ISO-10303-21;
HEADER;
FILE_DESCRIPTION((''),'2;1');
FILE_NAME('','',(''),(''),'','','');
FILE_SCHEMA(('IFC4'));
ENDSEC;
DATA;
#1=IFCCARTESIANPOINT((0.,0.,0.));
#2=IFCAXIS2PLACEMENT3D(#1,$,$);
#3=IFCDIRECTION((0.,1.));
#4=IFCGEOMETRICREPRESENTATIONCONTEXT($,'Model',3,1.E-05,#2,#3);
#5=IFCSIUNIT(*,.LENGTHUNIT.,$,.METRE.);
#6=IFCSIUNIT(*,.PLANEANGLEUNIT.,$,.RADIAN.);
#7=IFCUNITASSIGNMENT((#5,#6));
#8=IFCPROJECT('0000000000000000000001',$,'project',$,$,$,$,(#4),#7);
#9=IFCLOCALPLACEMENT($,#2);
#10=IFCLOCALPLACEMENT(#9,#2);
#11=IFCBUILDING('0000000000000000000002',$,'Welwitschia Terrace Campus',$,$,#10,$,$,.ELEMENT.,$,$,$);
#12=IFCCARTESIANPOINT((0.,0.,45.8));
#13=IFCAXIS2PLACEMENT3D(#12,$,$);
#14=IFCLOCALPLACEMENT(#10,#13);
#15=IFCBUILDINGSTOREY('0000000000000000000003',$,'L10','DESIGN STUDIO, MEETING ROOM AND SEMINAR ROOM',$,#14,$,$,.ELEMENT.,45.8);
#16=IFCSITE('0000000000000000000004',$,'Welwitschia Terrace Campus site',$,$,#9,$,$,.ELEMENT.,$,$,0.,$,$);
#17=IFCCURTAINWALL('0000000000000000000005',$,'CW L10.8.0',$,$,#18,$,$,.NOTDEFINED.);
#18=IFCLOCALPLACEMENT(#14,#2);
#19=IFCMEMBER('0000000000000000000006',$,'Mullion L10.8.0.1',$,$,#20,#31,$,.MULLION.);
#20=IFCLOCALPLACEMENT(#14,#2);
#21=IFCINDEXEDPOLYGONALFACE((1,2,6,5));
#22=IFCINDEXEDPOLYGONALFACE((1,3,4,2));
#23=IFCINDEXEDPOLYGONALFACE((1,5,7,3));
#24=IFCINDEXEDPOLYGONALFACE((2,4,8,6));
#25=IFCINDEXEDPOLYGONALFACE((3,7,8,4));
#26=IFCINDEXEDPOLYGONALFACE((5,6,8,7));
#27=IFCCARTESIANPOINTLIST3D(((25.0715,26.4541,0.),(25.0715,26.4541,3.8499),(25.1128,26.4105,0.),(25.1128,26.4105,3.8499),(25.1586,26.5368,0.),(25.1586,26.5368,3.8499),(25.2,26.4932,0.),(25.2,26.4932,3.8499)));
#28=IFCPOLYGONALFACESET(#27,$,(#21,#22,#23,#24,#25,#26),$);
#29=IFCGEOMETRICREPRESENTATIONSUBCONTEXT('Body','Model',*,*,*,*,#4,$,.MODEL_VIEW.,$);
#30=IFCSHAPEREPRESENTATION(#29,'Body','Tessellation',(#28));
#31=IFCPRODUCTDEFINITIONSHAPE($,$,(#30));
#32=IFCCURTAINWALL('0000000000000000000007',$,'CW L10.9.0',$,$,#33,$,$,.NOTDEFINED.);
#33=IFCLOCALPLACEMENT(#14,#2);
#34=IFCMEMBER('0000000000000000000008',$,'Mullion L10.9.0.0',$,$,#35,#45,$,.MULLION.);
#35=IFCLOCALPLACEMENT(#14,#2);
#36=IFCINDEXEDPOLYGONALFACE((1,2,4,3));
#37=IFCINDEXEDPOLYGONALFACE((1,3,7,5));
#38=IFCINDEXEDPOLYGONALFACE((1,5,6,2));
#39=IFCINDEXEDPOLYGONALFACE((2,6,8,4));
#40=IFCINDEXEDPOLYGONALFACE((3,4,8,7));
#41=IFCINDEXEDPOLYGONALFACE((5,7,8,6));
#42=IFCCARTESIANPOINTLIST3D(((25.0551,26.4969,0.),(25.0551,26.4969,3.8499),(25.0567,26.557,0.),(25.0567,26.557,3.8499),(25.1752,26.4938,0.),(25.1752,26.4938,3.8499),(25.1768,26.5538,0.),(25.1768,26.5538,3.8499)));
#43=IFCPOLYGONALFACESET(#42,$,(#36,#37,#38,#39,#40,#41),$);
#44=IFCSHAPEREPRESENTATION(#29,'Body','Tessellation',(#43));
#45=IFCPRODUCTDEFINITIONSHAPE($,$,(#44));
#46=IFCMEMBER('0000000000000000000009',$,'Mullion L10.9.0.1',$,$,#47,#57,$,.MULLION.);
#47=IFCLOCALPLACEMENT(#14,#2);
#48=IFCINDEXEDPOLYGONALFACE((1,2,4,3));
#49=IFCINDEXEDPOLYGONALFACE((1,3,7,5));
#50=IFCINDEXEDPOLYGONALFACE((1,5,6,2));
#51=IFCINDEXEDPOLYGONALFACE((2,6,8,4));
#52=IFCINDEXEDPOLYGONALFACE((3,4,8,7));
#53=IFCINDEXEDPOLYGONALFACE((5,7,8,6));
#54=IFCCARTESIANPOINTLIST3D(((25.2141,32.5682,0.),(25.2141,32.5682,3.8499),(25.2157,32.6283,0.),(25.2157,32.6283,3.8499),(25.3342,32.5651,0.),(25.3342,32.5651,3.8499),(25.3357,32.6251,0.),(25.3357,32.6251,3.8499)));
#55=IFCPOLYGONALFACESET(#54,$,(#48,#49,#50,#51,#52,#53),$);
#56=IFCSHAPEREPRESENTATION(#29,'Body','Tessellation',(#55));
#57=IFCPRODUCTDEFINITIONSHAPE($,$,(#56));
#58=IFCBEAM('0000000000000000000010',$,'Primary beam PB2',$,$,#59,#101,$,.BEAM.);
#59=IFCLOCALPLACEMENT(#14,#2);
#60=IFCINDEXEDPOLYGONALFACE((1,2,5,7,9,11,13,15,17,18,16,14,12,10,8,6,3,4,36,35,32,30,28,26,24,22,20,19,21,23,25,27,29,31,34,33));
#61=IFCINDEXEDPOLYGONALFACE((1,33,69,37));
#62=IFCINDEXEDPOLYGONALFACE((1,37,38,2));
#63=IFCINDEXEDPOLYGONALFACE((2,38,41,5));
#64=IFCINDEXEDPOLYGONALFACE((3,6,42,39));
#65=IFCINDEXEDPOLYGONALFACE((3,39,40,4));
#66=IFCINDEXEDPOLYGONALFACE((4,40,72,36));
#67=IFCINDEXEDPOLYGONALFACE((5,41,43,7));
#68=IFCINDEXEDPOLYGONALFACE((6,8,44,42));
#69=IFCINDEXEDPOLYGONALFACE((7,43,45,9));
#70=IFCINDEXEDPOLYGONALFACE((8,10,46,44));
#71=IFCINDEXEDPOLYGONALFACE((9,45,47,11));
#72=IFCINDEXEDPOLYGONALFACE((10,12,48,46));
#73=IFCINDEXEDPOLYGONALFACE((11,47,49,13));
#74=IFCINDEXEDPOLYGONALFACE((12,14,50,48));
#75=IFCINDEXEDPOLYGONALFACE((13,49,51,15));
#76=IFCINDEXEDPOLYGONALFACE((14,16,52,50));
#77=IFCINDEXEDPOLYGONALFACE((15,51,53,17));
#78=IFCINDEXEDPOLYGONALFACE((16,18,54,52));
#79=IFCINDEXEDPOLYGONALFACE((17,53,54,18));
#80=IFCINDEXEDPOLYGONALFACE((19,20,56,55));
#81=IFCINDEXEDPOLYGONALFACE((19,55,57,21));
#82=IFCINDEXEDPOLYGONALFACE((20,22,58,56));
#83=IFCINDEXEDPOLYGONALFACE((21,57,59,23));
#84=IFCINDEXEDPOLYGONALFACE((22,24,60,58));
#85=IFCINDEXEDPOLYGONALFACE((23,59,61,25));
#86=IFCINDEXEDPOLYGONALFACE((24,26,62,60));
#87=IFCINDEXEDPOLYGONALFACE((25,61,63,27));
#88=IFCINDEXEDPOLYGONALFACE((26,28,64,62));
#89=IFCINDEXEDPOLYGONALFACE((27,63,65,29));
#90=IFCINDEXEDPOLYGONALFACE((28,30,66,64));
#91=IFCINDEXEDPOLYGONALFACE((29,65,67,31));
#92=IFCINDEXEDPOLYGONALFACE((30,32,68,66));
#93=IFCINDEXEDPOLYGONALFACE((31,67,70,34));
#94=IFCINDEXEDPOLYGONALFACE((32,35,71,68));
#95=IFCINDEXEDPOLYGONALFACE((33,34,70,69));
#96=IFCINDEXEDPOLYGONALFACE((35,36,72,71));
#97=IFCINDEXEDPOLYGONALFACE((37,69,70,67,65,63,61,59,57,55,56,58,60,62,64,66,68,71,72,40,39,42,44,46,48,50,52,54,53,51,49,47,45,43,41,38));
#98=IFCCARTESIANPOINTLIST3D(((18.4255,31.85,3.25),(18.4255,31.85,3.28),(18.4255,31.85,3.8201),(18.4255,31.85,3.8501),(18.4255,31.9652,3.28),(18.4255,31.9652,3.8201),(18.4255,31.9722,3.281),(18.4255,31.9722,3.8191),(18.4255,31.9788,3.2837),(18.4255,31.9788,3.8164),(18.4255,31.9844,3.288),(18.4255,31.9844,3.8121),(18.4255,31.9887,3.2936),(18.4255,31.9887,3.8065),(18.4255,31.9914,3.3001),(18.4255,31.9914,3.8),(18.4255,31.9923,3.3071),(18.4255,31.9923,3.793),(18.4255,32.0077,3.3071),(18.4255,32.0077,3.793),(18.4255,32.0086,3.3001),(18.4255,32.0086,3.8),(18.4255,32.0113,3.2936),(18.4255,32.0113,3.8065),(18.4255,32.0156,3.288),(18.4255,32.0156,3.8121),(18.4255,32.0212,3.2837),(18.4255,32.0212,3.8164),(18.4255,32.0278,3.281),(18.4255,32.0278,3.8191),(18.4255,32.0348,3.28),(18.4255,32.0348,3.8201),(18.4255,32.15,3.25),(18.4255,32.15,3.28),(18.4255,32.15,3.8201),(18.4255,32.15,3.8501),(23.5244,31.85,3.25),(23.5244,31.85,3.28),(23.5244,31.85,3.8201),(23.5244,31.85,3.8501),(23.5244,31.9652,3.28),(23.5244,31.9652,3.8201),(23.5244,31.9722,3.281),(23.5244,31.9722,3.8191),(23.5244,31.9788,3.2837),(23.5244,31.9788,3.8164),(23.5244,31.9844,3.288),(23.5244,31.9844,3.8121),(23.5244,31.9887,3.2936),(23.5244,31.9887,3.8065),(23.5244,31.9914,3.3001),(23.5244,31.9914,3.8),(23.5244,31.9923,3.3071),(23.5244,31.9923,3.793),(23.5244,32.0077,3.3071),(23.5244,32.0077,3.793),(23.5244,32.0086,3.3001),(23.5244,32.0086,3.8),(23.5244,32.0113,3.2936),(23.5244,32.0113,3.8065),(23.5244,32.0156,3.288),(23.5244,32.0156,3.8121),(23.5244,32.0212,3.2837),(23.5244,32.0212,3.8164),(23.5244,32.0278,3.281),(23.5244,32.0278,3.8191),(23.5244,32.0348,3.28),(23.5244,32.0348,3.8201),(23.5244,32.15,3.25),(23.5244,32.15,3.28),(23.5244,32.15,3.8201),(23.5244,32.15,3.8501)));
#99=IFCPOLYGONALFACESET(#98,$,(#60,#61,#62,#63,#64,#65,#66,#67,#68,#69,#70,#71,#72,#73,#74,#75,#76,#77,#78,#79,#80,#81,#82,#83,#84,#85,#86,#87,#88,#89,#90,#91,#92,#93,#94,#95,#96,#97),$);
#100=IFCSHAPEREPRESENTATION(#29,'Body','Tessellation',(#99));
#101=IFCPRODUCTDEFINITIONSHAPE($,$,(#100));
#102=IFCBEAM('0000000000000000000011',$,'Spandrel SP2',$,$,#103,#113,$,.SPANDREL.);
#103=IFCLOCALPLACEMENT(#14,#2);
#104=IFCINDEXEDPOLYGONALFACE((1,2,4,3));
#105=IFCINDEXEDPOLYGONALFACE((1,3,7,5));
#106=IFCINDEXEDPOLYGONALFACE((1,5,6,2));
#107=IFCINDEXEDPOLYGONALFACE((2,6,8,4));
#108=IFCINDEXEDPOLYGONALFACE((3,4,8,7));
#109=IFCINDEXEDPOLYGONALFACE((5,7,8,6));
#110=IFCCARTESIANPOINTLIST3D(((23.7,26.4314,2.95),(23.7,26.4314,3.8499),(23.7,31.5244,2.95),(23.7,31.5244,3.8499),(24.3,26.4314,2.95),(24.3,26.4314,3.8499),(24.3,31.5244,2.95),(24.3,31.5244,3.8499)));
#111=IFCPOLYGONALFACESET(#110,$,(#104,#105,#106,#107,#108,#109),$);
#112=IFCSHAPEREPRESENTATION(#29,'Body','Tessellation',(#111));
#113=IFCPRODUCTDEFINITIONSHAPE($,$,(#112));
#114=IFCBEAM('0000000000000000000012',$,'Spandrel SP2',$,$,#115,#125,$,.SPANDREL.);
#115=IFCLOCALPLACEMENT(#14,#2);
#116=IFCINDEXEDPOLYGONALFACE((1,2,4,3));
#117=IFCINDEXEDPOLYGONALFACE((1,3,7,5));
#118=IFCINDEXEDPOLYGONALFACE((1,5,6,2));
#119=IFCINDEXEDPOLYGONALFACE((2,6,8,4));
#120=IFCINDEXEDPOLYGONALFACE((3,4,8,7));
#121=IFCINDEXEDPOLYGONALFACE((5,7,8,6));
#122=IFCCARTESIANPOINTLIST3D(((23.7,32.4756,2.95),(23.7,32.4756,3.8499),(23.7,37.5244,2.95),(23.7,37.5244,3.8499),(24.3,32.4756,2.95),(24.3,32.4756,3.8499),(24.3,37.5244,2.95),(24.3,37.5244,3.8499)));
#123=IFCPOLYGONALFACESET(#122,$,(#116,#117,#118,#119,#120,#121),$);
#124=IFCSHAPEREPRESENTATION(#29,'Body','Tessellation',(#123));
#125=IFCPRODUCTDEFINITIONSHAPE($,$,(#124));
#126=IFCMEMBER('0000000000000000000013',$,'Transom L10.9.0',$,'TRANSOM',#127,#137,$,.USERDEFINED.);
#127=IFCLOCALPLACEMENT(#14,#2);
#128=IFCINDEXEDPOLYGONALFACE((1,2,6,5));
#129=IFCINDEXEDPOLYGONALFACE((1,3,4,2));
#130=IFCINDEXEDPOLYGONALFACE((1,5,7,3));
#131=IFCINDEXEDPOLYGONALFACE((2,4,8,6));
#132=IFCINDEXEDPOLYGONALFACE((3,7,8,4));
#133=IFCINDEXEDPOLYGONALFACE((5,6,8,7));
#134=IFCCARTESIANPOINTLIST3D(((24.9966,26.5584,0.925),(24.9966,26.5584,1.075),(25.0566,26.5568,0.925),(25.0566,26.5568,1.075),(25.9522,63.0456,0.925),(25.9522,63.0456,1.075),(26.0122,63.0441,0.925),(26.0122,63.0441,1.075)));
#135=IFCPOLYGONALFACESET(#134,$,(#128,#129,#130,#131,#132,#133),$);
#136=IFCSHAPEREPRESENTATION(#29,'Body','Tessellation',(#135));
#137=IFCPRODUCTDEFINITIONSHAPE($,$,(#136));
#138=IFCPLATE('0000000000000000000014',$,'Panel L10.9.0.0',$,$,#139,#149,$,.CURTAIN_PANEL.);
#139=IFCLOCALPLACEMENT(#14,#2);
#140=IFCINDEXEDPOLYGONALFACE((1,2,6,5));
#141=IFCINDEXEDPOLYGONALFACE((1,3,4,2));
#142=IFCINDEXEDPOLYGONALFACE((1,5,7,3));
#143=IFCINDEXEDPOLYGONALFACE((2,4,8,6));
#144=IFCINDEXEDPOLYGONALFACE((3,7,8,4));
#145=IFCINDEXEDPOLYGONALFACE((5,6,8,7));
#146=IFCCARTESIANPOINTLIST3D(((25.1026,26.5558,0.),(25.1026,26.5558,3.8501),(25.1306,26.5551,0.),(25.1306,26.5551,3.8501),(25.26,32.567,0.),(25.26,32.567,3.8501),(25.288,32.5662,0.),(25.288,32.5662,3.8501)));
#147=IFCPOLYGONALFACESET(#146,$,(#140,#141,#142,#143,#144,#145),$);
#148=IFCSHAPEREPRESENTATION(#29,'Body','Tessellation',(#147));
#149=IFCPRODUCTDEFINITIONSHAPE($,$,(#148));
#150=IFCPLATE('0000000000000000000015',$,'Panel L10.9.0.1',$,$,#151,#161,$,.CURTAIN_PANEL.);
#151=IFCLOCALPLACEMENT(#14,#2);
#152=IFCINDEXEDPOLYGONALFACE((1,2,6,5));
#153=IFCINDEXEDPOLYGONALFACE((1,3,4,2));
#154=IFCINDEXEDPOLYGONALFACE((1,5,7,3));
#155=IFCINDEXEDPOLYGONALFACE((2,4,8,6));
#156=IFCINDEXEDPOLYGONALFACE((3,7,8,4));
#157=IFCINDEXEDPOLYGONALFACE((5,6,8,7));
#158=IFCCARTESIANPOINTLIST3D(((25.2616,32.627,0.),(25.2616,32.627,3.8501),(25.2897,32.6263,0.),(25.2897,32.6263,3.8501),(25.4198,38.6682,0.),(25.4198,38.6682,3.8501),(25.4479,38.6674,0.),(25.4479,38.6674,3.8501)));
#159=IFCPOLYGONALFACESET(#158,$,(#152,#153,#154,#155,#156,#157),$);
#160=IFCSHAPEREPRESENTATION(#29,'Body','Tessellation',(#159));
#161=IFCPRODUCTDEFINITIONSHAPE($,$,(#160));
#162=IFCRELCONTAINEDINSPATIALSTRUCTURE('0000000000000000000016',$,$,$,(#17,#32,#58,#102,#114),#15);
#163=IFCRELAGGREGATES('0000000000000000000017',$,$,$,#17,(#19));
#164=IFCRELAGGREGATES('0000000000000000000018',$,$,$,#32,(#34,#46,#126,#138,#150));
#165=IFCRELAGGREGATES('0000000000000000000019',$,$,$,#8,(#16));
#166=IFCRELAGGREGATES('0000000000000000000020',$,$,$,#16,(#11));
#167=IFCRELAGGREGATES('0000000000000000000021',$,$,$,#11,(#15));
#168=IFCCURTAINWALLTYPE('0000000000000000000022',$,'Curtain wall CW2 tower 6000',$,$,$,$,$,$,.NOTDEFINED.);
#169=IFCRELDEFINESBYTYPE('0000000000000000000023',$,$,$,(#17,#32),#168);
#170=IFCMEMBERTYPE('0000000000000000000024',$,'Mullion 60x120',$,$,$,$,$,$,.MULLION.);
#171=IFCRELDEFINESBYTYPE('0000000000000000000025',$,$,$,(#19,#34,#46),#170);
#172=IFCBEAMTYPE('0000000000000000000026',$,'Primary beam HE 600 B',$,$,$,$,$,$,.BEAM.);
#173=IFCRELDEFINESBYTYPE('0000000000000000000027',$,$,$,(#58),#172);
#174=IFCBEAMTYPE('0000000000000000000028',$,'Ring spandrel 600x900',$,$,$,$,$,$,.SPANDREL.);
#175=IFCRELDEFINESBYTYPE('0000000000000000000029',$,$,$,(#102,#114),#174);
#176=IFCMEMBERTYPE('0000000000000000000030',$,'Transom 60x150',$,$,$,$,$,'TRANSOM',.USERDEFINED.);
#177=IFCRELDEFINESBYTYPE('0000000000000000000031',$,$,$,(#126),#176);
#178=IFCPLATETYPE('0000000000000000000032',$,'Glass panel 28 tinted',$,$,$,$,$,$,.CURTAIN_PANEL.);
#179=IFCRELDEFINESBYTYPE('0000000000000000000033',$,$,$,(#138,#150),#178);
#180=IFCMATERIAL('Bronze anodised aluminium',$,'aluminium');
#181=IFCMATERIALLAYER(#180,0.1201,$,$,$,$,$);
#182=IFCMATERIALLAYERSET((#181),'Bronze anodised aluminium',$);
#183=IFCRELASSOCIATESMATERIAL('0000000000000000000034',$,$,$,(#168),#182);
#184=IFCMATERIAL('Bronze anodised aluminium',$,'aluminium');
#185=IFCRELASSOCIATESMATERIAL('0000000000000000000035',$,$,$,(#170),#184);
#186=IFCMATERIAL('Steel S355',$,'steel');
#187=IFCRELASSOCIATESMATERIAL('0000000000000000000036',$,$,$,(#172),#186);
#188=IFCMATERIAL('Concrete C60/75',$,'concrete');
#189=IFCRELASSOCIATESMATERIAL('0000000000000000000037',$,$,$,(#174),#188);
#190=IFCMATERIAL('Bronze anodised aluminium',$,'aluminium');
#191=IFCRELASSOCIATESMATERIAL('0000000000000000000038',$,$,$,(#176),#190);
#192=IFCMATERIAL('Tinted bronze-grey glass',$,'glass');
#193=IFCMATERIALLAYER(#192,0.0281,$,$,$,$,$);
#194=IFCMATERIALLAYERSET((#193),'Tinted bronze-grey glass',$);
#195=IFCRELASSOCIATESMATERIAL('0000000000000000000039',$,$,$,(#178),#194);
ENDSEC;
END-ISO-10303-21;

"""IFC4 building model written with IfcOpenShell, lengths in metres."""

from ifc_helpers import new_model, si_unit, direction, frame, origin, origin_2d, place, context, subcontext, project, spatial, rectangle, i_section, extrude, material, layer, layer_set, material_profile, profile_set, type_object, element, aggregate, save


model = new_model("IFC4")

# Units and contexts
model_context = context("Model", 3, precision=1e-05, world=origin(), true_north=direction((0.0, 1.0)))
body_context = subcontext(model_context, "Body", "Model", "MODEL_VIEW")
ifc_project = project(units=[si_unit("LENGTHUNIT", "METRE"), si_unit("PLANEANGLEUNIT", "RADIAN")], contexts=[model_context])

# Site, building, storey
site_placement = place(None, origin())
site = spatial("IfcSite", under=ifc_project, at=site_placement, Name="Welwitschia Terrace Campus site", CompositionType="ELEMENT", RefElevation=0.0)
building_placement = place(site_placement, origin())
building = spatial("IfcBuilding", under=site, at=building_placement, Name="Welwitschia Terrace Campus", CompositionType="ELEMENT")
storey_placement = place(building_placement, frame((0.0, 0.0, 45.8)))
storey = spatial("IfcBuildingStorey", under=building, at=storey_placement, Name="L10", Description="DESIGN STUDIO, MEETING ROOM AND SEMINAR ROOM", CompositionType="ELEMENT", Elevation=45.8)

# Curtain wall, member
ifc_material_1 = material(Name="Bronze anodised aluminium", Category="aluminium")
ifc_layer_1 = layer(ifc_material_1, 0.1201)
ifc_layer_set_1 = layer_set([ifc_layer_1], Name="Bronze anodised aluminium")
curtain_wall_type = type_object("IfcCurtainWallType", Name="Curtain wall CW2 tower 6000", PredefinedType="NOTDEFINED", material=ifc_layer_set_1)
curtain_wall_1_placement = place(storey_placement, origin())
curtain_wall_1 = element("IfcCurtainWall", 1, at=curtain_wall_1_placement, inside=storey, type_object=curtain_wall_type, Name="CW L10.8.0", PredefinedType="NOTDEFINED")
ifc_material_2 = material(Name="Bronze anodised aluminium", Category="aluminium")
ifc_material_profile_1 = material_profile(ifc_material_2, rectangle(XDim=0.1201, YDim=0.0601, at=origin_2d()))
ifc_profile_set_1 = profile_set([ifc_material_profile_1], Name="Bronze anodised aluminium")
member_type_1 = type_object("IfcMemberType", Name="Mullion 60x120", PredefinedType="MULLION", material=ifc_profile_set_1)
member_1_placement = place(storey_placement, frame((25.1357, 26.4736, 0.0), z_axis=(0.0, 0.0, 1.0), x_axis=(-0.725374, -0.688355, 0.0)))
member_1 = element("IfcMember", 2, at=member_1_placement, type_object=member_type_1, Name="Mullion L10.8.0.1", PredefinedType="MULLION", context=body_context, shape_type="SweptSolid", body=[
    extrude(rectangle(XDim=0.1201, YDim=0.0601, at=origin_2d()), origin(), (0.0, 0.0, 1.0), 3.8499),
])
aggregate(curtain_wall_1, [member_1])

# Curtain wall, members
curtain_wall_2_placement = place(storey_placement, origin())
curtain_wall_2 = element("IfcCurtainWall", 3, at=curtain_wall_2_placement, inside=storey, type_object=curtain_wall_type, Name="CW L10.9.0", PredefinedType="NOTDEFINED")
member_2_placement = place(storey_placement, frame((25.116, 26.5254, 0.0), z_axis=(0.0, 0.0, 1.0), x_axis=(-0.999657, 0.026177, 0.0)))
member_2 = element("IfcMember", 4, at=member_2_placement, type_object=member_type_1, Name="Mullion L10.9.0.0", PredefinedType="MULLION", context=body_context, shape_type="SweptSolid", body=[
    extrude(rectangle(XDim=0.1201, YDim=0.0601, at=origin_2d()), origin(), (0.0, 0.0, 1.0), 3.8499),
])
member_3_placement = place(storey_placement, frame((25.2749, 32.5967, 0.0), z_axis=(0.0, 0.0, 1.0), x_axis=(-0.999657, 0.026177, 0.0)))
member_3 = element("IfcMember", 5, at=member_3_placement, type_object=member_type_1, Name="Mullion L10.9.0.1", PredefinedType="MULLION", context=body_context, shape_type="SweptSolid", body=[
    extrude(rectangle(XDim=0.1201, YDim=0.0601, at=origin_2d()), origin(), (0.0, 0.0, 1.0), 3.8499),
])

# Beams
ifc_material_3 = material(Name="Steel S355", Category="steel")
ifc_material_profile_2 = material_profile(ifc_material_3, i_section(OverallWidth=0.3, OverallDepth=0.6001, WebThickness=0.0154, FlangeThickness=0.03, FilletRadius=0.0271, at=origin_2d()))
ifc_profile_set_2 = profile_set([ifc_material_profile_2], Name="Steel S355")
beam_type_1 = type_object("IfcBeamType", Name="Primary beam HE 600 B", PredefinedType="BEAM", material=ifc_profile_set_2)
beam_1_placement = place(storey_placement, frame((23.5244, 32.0, 3.55), z_axis=(-1.0, 0.0, 0.0), x_axis=(0.0, -1.0, 0.0)))
element("IfcBeam", 6, at=beam_1_placement, inside=storey, type_object=beam_type_1, Name="Primary beam PB2", PredefinedType="BEAM", context=body_context, shape_type="SweptSolid", body=[
    extrude(i_section(OverallWidth=0.3, OverallDepth=0.6001, WebThickness=0.0154, FlangeThickness=0.03, FilletRadius=0.0271, at=origin_2d()), origin(), (0.0, 0.0, 1.0), 5.0989),
])
ifc_material_4 = material(Name="Concrete C60/75", Category="concrete")
ifc_material_profile_3 = material_profile(ifc_material_4, rectangle(XDim=0.6001, YDim=0.8999, at=origin_2d()))
ifc_profile_set_3 = profile_set([ifc_material_profile_3], Name="Concrete C60/75")
beam_type_2 = type_object("IfcBeamType", Name="Ring spandrel 600x900", PredefinedType="SPANDREL", material=ifc_profile_set_3)
beam_2_placement = place(storey_placement, frame((24.0, 26.4314, 3.3999), z_axis=(0.0, 1.0, 0.0), x_axis=(-1.0, 0.0, 0.0)))
element("IfcBeam", 7, at=beam_2_placement, inside=storey, type_object=beam_type_2, Name="Spandrel SP2", PredefinedType="SPANDREL", context=body_context, shape_type="SweptSolid", body=[
    extrude(rectangle(XDim=0.6001, YDim=0.8999, at=origin_2d()), origin(), (0.0, 0.0, 1.0), 5.093),
])
beam_3_placement = place(storey_placement, frame((24.0, 32.4756, 3.3999), z_axis=(0.0, 1.0, 0.0), x_axis=(-1.0, 0.0, 0.0)))
element("IfcBeam", 8, at=beam_3_placement, inside=storey, type_object=beam_type_2, Name="Spandrel SP2", PredefinedType="SPANDREL", context=body_context, shape_type="SweptSolid", body=[
    extrude(rectangle(XDim=0.6001, YDim=0.8999, at=origin_2d()), origin(), (0.0, 0.0, 1.0), 5.0488),
])

# Member
ifc_material_5 = material(Name="Bronze anodised aluminium", Category="aluminium")
ifc_material_profile_4 = material_profile(ifc_material_5, rectangle(XDim=0.0601, YDim=0.1499, at=origin_2d()))
ifc_profile_set_4 = profile_set([ifc_material_profile_4], Name="Bronze anodised aluminium")
member_type_2 = type_object("IfcMemberType", Name="Transom 60x150", ElementType="TRANSOM", PredefinedType="USERDEFINED", material=ifc_profile_set_4)
member_4_placement = place(storey_placement, frame((25.0266, 26.5576, 1.0), z_axis=(0.02618, 0.999657, 0.0), x_axis=(-0.999657, 0.02618, 0.0)))
member_4 = element("IfcMember", 9, at=member_4_placement, type_object=member_type_2, Name="Transom L10.9.0", ObjectType="TRANSOM", PredefinedType="USERDEFINED", context=body_context, shape_type="SweptSolid", body=[
    extrude(rectangle(XDim=0.0601, YDim=0.1499, at=origin_2d()), origin(), (0.0, 0.0, 1.0), 36.4998),
])

# Plates
ifc_material_6 = material(Name="Tinted bronze-grey glass", Category="glass")
ifc_layer_2 = layer(ifc_material_6, 0.0281)
ifc_layer_set_2 = layer_set([ifc_layer_2], Name="Tinted bronze-grey glass")
plate_type = type_object("IfcPlateType", Name="Glass panel 28 tinted", PredefinedType="CURTAIN_PANEL", material=ifc_layer_set_2)
plate_1_placement = place(storey_placement, frame((25.1953, 29.561, 0.0), z_axis=(0.0, 0.0, 1.0), x_axis=(0.026177, 0.999657, 0.0)))
plate_1 = element("IfcPlate", 10, at=plate_1_placement, type_object=plate_type, Name="Panel L10.9.0.0", PredefinedType="CURTAIN_PANEL", context=body_context, shape_type="SweptSolid", body=[
    extrude(rectangle(XDim=6.0132, YDim=0.0281, at=origin_2d()), origin(), (0.0, 0.0, 1.0), 3.8501),
])
plate_2_placement = place(storey_placement, frame((25.3547, 35.6472, 0.0), z_axis=(0.0, 0.0, 1.0), x_axis=(0.026177, 0.999657, 0.0)))
plate_2 = element("IfcPlate", 11, at=plate_2_placement, type_object=plate_type, Name="Panel L10.9.0.1", PredefinedType="CURTAIN_PANEL", context=body_context, shape_type="SweptSolid", body=[
    extrude(rectangle(XDim=6.0432, YDim=0.0281, at=origin_2d()), origin(), (0.0, 0.0, 1.0), 3.8501),
])
aggregate(curtain_wall_2, [member_2, member_3, member_4, plate_1, plate_2])

save(model, "model.ifc")
